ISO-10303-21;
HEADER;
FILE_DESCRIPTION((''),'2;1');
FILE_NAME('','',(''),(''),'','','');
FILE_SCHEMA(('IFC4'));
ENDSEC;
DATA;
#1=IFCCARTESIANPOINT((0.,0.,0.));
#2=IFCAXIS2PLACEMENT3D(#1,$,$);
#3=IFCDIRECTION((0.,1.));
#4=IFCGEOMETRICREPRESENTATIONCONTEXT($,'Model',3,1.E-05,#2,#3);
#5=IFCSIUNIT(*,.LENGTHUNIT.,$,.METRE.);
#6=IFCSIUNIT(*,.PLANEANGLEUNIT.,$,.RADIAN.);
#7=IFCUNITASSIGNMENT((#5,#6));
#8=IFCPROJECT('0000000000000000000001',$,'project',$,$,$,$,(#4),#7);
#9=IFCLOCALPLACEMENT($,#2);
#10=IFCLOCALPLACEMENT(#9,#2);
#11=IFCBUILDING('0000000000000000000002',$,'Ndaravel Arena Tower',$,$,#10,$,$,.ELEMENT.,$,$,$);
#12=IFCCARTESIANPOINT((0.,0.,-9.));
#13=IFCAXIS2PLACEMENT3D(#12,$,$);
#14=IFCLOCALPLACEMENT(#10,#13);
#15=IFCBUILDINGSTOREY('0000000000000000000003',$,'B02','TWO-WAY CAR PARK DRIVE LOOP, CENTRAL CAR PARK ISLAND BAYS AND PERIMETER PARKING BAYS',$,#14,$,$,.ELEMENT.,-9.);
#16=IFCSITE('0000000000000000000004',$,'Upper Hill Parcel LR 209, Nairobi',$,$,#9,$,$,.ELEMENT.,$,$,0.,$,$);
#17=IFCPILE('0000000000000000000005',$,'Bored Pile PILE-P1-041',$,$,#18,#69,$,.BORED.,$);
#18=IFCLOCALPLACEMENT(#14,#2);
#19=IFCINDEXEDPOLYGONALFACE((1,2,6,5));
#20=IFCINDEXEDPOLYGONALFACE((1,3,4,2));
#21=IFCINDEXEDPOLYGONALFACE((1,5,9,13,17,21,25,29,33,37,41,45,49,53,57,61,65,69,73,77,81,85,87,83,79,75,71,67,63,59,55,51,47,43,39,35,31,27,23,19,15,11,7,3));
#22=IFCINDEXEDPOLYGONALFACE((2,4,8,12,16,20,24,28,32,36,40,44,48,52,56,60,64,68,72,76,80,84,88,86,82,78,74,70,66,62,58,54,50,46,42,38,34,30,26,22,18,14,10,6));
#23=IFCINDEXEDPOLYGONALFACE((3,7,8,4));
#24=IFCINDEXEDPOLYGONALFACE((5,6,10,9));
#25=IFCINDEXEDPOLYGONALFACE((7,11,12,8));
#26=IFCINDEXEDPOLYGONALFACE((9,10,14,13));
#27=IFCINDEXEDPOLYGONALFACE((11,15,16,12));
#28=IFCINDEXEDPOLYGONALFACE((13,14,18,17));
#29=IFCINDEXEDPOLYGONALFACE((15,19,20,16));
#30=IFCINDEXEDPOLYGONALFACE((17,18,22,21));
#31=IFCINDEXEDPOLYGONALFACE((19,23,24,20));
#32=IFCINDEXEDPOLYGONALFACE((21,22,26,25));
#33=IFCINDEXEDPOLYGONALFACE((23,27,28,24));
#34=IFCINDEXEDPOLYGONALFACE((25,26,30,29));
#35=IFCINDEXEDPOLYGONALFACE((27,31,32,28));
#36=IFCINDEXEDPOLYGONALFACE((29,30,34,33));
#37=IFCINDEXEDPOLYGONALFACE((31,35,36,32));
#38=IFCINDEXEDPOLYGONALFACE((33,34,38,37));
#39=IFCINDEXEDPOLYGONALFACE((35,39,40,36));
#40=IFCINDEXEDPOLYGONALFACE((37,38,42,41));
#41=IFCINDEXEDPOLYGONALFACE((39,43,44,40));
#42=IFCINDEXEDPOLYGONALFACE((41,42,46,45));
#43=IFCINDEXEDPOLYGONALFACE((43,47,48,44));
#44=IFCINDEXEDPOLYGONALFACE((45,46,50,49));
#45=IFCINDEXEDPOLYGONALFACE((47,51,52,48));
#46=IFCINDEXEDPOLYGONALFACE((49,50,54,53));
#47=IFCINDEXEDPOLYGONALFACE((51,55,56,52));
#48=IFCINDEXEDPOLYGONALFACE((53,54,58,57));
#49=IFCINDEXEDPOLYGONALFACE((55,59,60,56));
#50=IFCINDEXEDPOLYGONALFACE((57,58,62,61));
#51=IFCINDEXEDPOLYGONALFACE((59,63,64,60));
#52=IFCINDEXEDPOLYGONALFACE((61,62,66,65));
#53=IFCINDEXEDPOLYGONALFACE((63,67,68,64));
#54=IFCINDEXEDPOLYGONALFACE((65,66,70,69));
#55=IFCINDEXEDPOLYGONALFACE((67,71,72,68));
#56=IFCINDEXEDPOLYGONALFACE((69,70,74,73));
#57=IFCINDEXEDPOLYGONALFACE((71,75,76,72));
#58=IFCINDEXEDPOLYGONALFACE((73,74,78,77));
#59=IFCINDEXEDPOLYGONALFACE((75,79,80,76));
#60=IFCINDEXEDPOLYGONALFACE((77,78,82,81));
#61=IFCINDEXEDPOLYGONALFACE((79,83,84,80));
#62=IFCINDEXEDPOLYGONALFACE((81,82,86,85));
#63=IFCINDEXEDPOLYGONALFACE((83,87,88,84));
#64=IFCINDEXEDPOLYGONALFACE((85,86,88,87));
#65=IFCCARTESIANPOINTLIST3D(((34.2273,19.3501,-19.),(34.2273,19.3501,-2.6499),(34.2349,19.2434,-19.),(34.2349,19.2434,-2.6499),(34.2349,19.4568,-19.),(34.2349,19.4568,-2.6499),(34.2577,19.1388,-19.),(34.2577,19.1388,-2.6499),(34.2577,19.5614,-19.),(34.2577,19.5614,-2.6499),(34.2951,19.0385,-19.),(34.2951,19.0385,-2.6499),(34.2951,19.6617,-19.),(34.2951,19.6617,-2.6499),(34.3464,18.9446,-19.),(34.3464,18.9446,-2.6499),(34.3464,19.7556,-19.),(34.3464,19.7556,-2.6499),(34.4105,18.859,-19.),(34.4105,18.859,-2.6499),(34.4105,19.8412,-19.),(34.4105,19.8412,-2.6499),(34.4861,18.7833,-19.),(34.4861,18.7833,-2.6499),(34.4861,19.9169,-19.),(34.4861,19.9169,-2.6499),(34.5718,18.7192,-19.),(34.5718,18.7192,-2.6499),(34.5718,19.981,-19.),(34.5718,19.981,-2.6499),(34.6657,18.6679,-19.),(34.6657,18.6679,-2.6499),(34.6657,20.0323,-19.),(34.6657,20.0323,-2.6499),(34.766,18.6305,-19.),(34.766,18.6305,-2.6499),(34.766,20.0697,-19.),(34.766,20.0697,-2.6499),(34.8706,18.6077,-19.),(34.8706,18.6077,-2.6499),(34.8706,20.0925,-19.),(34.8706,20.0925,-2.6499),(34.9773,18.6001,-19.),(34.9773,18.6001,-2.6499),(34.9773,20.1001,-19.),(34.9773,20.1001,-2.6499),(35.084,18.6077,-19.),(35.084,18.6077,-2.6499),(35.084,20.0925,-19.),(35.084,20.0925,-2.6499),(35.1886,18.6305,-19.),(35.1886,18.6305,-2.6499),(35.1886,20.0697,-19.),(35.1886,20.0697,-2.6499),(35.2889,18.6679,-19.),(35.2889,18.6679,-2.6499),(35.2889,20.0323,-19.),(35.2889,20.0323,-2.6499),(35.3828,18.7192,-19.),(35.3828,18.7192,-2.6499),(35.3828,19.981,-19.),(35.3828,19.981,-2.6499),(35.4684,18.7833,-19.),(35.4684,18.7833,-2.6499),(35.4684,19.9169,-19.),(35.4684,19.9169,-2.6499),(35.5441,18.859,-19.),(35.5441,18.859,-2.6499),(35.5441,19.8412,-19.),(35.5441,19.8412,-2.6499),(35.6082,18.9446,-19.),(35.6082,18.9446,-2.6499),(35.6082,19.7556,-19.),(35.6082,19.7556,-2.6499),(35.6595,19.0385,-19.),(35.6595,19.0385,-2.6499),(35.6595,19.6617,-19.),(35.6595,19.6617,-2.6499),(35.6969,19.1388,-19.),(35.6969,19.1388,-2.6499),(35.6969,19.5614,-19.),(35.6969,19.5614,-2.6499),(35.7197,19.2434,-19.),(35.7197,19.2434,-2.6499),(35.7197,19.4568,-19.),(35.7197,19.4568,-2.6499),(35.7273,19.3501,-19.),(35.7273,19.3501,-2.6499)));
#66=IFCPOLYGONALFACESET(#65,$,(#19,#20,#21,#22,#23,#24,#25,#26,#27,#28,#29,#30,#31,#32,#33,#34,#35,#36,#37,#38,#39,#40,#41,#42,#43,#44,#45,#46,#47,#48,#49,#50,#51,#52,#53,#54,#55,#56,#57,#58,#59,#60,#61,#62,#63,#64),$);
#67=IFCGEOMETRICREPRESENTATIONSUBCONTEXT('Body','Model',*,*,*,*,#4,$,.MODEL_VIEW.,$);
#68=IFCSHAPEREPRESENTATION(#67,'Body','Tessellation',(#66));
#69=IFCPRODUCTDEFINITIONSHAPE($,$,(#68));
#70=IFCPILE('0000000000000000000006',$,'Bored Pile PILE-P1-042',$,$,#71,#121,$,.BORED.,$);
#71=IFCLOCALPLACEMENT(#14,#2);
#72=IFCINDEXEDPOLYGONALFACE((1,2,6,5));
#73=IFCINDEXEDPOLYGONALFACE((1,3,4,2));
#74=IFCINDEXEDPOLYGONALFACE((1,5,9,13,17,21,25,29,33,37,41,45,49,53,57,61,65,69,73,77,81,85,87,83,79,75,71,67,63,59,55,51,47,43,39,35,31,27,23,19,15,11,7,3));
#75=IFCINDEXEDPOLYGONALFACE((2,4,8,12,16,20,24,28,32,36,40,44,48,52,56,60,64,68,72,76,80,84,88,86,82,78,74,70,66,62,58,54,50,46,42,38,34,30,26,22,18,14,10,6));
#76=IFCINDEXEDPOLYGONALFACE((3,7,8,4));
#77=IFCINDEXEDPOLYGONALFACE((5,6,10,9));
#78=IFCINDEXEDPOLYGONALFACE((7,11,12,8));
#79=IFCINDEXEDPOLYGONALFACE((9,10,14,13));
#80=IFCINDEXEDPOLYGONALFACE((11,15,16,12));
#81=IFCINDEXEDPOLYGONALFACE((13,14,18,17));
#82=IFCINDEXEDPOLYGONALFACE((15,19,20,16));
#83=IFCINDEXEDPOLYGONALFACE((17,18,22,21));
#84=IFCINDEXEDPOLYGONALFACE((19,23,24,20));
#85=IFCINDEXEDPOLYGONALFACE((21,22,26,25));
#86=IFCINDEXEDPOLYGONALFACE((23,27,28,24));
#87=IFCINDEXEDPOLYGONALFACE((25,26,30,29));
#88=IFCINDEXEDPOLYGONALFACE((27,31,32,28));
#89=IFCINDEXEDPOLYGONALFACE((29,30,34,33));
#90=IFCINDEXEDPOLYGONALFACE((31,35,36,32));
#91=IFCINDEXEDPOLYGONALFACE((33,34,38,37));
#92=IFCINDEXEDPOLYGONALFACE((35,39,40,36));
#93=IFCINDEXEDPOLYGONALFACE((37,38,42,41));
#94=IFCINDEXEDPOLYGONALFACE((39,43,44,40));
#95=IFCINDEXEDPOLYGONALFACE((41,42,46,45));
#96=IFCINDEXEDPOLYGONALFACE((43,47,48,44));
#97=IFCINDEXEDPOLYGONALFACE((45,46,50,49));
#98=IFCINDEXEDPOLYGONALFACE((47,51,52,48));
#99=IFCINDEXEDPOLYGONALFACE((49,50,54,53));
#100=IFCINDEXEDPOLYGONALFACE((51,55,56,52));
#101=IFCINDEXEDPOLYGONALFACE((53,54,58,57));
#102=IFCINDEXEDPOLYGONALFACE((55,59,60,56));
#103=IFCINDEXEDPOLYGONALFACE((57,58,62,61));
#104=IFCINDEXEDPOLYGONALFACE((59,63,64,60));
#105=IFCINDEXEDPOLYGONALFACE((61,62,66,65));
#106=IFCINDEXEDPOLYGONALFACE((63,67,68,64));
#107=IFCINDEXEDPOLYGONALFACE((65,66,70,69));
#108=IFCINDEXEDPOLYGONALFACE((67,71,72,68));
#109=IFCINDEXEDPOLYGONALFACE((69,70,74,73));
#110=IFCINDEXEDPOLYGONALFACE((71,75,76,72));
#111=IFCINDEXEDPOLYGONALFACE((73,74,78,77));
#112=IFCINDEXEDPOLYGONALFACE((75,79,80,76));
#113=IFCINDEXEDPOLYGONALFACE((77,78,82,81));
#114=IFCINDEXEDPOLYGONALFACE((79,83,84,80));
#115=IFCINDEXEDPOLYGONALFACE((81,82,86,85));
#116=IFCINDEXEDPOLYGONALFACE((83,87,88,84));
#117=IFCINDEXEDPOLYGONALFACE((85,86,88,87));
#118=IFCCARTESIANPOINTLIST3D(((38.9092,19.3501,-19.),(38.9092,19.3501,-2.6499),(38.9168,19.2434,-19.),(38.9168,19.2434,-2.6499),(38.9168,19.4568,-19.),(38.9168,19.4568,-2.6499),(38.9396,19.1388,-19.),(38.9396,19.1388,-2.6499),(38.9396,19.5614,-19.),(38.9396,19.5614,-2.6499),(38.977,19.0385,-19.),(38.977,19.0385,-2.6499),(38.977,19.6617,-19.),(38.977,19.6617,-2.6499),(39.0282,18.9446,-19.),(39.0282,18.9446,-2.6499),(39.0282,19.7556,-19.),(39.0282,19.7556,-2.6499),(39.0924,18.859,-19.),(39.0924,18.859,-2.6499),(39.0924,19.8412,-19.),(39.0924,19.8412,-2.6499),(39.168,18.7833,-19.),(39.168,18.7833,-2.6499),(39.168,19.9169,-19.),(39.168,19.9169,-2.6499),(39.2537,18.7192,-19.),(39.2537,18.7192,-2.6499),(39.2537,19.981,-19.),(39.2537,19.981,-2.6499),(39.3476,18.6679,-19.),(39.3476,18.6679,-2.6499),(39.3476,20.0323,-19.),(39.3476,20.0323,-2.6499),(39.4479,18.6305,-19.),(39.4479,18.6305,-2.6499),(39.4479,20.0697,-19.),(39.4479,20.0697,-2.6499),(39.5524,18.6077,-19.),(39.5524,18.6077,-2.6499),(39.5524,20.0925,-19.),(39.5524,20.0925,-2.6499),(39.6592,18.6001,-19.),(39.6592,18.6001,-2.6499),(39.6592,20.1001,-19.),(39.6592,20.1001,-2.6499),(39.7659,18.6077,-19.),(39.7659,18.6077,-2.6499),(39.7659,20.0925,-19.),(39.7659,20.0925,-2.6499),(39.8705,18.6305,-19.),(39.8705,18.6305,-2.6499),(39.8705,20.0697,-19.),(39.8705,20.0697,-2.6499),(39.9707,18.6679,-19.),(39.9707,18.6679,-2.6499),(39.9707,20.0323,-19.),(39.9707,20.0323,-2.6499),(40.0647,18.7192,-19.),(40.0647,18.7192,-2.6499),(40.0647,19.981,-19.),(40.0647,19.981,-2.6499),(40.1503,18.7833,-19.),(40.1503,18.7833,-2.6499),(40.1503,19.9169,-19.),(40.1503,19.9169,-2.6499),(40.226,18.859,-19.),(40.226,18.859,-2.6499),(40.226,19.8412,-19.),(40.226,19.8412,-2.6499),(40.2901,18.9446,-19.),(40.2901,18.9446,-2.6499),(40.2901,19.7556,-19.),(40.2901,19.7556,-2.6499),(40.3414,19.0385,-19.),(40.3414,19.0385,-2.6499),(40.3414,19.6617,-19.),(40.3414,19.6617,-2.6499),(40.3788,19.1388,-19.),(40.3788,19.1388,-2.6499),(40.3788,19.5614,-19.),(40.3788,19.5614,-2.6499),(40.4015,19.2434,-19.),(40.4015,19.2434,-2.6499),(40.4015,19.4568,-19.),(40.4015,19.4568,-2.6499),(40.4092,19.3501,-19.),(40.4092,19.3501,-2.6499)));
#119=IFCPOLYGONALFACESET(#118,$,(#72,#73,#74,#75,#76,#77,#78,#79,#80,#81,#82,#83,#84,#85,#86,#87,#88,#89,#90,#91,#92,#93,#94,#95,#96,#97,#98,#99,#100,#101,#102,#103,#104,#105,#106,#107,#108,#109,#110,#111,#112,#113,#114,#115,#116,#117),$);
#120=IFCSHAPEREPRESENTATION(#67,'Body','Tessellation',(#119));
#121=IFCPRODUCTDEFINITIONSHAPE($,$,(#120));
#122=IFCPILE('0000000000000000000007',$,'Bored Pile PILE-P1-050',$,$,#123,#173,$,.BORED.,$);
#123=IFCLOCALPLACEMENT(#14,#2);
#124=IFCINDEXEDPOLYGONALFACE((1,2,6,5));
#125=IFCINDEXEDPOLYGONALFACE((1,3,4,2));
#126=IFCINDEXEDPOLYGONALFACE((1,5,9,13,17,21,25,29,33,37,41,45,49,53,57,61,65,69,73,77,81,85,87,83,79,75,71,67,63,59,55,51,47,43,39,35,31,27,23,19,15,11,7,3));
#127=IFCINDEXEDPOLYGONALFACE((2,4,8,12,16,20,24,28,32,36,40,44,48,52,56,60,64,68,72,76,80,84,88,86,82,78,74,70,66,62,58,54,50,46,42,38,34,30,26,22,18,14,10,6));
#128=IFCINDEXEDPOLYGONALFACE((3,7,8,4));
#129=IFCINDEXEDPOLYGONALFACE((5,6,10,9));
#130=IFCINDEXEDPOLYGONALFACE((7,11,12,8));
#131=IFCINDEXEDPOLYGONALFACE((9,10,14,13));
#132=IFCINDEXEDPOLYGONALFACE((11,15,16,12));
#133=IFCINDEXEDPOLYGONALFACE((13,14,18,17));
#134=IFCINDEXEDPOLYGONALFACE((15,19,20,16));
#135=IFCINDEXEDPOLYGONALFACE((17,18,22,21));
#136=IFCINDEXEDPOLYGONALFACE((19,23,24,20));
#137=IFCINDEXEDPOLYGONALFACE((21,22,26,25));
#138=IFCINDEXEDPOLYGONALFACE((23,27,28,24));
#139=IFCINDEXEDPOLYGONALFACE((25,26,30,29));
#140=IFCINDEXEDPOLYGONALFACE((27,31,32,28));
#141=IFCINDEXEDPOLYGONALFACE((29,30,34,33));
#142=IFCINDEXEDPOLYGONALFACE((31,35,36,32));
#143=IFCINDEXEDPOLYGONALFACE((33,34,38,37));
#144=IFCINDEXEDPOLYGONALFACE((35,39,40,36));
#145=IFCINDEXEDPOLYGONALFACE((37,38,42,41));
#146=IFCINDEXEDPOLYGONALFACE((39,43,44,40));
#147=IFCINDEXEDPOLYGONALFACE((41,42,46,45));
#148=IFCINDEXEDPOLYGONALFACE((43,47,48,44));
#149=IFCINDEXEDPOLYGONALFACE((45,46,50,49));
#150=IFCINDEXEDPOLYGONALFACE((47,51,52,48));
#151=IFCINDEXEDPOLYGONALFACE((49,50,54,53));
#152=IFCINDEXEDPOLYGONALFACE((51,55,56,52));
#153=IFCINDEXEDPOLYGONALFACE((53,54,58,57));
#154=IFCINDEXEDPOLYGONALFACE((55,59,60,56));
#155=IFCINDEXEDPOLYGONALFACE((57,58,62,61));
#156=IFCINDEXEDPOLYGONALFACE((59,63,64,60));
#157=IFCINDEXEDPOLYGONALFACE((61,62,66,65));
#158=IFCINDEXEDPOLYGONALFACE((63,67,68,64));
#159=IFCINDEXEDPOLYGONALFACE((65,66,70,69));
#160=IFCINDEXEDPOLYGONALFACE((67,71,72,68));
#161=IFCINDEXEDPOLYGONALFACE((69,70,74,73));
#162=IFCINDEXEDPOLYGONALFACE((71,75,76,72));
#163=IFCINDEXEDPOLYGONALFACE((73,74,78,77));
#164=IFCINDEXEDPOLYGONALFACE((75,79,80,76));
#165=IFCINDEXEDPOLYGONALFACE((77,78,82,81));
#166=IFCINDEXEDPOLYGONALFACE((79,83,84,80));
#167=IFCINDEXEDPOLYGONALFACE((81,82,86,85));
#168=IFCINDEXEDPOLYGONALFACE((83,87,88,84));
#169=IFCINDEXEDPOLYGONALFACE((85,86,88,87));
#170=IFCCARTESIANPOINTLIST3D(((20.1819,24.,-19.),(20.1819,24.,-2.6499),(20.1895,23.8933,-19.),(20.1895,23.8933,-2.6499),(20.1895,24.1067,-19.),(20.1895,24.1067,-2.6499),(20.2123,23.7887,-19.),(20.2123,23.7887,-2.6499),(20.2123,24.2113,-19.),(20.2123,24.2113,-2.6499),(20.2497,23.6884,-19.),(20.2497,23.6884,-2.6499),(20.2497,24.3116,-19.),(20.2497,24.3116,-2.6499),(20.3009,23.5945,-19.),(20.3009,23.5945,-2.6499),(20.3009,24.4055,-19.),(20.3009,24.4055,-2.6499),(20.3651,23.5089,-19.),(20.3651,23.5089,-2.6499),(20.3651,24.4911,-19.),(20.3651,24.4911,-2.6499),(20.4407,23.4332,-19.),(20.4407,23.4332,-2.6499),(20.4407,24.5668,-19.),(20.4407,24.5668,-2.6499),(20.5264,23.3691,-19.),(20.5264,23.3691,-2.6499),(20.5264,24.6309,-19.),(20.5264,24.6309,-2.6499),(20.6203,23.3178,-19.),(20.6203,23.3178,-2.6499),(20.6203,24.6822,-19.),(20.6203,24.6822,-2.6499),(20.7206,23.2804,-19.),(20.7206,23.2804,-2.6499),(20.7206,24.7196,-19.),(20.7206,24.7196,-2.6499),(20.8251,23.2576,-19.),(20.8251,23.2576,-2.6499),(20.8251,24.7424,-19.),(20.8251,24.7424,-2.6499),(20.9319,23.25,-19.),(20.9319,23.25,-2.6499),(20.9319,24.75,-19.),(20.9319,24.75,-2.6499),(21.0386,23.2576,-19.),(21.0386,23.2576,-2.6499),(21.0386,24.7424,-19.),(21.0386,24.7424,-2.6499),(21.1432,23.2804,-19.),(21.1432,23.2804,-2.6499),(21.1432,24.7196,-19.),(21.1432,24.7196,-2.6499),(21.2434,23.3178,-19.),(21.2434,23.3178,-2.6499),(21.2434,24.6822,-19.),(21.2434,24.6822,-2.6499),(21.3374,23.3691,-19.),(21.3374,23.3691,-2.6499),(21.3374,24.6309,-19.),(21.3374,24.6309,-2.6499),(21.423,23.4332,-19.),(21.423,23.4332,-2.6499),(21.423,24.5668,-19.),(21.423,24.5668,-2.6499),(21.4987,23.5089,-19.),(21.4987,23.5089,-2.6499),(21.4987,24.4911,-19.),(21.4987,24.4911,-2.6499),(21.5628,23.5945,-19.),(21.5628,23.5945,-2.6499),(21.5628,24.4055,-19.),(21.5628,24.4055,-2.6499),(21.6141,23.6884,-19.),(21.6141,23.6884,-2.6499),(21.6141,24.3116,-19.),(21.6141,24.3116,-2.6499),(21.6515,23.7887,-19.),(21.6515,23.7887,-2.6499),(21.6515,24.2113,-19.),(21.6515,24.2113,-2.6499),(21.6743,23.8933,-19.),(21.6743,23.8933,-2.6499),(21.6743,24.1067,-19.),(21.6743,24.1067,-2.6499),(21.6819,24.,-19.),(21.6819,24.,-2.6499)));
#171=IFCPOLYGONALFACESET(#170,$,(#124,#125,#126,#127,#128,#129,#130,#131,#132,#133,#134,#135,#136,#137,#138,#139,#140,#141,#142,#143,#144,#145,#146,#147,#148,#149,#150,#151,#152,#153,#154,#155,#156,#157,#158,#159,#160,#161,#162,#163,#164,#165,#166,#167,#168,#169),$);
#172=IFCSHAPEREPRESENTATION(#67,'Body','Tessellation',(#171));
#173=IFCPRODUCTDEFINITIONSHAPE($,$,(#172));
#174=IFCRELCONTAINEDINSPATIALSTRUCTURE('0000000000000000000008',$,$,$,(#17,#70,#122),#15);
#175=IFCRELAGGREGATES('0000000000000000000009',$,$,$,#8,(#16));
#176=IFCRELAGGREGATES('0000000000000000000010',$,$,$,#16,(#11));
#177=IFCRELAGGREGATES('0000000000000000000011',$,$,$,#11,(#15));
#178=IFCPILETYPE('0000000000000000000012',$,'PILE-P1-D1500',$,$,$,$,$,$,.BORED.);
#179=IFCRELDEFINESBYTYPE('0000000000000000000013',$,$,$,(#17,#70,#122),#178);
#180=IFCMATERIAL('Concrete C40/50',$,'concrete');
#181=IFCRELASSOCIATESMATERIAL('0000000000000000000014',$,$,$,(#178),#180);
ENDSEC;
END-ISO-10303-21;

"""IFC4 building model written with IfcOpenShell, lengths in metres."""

from ifc_helpers import new_model, si_unit, direction, frame, origin, origin_2d, place, context, subcontext, project, spatial, circle, extrude, material, material_profile, profile_set, type_object, element, save


model = new_model("IFC4")

# Units and contexts
model_context = context("Model", 3, precision=1e-05, world=origin(), true_north=direction((0.0, 1.0)))
body_context = subcontext(model_context, "Body", "Model", "MODEL_VIEW")
ifc_project = project(units=[si_unit("LENGTHUNIT", "METRE"), si_unit("PLANEANGLEUNIT", "RADIAN")], contexts=[model_context])

# Site, building, storey
site_placement = place(None, origin())
site = spatial("IfcSite", under=ifc_project, at=site_placement, Name="Upper Hill Parcel LR 209, Nairobi", CompositionType="ELEMENT", RefElevation=0.0)
building_placement = place(site_placement, origin())
building = spatial("IfcBuilding", under=site, at=building_placement, Name="Ndaravel Arena Tower", CompositionType="ELEMENT")
storey_placement = place(building_placement, frame((0.0, 0.0, -9.0)))
storey = spatial("IfcBuildingStorey", under=building, at=storey_placement, Name="B02", Description="TWO-WAY CAR PARK DRIVE LOOP, CENTRAL CAR PARK ISLAND BAYS AND PERIMETER PARKING BAYS", CompositionType="ELEMENT", Elevation=-9.0)

# Piles
ifc_material_1 = material(Name="Concrete C40/50", Category="concrete")
ifc_material_profile_1 = material_profile(ifc_material_1, circle(Radius=0.75, at=origin_2d()), Name="BORED PILE D1500")
ifc_profile_set_1 = profile_set([ifc_material_profile_1], Name="Concrete C40/50")
pile_type = type_object("IfcPileType", Name="PILE-P1-D1500", PredefinedType="BORED", material=ifc_profile_set_1)
for number, where, z_axis, x_axis, name in (
    (1, (34.9773, 19.3501, -2.6499), (0.0, 0.0, -1.0), (1.0, 0.0, 0.0), "Bored Pile PILE-P1-041"),
    (2, (39.6592, 19.3501, -2.6499), (0.0, 0.0, -1.0), (1.0, 0.0, 0.0), "Bored Pile PILE-P1-042"),
    (3, (20.9319, 24.0, -2.6499), (0.0, 0.0, -1.0), (1.0, 0.0, 0.0), "Bored Pile PILE-P1-050"),
):
    element("IfcPile", number, at=place(storey_placement, frame(where, z_axis=z_axis, x_axis=x_axis)), inside=storey, type_object=pile_type, Name=name, PredefinedType="BORED", context=body_context, shape_type="SweptSolid", body=[
        extrude(circle(Radius=0.75, at=origin_2d()), origin(), (0.0, 0.0, 1.0), 16.3501),
    ])

save(model, "model.ifc")
